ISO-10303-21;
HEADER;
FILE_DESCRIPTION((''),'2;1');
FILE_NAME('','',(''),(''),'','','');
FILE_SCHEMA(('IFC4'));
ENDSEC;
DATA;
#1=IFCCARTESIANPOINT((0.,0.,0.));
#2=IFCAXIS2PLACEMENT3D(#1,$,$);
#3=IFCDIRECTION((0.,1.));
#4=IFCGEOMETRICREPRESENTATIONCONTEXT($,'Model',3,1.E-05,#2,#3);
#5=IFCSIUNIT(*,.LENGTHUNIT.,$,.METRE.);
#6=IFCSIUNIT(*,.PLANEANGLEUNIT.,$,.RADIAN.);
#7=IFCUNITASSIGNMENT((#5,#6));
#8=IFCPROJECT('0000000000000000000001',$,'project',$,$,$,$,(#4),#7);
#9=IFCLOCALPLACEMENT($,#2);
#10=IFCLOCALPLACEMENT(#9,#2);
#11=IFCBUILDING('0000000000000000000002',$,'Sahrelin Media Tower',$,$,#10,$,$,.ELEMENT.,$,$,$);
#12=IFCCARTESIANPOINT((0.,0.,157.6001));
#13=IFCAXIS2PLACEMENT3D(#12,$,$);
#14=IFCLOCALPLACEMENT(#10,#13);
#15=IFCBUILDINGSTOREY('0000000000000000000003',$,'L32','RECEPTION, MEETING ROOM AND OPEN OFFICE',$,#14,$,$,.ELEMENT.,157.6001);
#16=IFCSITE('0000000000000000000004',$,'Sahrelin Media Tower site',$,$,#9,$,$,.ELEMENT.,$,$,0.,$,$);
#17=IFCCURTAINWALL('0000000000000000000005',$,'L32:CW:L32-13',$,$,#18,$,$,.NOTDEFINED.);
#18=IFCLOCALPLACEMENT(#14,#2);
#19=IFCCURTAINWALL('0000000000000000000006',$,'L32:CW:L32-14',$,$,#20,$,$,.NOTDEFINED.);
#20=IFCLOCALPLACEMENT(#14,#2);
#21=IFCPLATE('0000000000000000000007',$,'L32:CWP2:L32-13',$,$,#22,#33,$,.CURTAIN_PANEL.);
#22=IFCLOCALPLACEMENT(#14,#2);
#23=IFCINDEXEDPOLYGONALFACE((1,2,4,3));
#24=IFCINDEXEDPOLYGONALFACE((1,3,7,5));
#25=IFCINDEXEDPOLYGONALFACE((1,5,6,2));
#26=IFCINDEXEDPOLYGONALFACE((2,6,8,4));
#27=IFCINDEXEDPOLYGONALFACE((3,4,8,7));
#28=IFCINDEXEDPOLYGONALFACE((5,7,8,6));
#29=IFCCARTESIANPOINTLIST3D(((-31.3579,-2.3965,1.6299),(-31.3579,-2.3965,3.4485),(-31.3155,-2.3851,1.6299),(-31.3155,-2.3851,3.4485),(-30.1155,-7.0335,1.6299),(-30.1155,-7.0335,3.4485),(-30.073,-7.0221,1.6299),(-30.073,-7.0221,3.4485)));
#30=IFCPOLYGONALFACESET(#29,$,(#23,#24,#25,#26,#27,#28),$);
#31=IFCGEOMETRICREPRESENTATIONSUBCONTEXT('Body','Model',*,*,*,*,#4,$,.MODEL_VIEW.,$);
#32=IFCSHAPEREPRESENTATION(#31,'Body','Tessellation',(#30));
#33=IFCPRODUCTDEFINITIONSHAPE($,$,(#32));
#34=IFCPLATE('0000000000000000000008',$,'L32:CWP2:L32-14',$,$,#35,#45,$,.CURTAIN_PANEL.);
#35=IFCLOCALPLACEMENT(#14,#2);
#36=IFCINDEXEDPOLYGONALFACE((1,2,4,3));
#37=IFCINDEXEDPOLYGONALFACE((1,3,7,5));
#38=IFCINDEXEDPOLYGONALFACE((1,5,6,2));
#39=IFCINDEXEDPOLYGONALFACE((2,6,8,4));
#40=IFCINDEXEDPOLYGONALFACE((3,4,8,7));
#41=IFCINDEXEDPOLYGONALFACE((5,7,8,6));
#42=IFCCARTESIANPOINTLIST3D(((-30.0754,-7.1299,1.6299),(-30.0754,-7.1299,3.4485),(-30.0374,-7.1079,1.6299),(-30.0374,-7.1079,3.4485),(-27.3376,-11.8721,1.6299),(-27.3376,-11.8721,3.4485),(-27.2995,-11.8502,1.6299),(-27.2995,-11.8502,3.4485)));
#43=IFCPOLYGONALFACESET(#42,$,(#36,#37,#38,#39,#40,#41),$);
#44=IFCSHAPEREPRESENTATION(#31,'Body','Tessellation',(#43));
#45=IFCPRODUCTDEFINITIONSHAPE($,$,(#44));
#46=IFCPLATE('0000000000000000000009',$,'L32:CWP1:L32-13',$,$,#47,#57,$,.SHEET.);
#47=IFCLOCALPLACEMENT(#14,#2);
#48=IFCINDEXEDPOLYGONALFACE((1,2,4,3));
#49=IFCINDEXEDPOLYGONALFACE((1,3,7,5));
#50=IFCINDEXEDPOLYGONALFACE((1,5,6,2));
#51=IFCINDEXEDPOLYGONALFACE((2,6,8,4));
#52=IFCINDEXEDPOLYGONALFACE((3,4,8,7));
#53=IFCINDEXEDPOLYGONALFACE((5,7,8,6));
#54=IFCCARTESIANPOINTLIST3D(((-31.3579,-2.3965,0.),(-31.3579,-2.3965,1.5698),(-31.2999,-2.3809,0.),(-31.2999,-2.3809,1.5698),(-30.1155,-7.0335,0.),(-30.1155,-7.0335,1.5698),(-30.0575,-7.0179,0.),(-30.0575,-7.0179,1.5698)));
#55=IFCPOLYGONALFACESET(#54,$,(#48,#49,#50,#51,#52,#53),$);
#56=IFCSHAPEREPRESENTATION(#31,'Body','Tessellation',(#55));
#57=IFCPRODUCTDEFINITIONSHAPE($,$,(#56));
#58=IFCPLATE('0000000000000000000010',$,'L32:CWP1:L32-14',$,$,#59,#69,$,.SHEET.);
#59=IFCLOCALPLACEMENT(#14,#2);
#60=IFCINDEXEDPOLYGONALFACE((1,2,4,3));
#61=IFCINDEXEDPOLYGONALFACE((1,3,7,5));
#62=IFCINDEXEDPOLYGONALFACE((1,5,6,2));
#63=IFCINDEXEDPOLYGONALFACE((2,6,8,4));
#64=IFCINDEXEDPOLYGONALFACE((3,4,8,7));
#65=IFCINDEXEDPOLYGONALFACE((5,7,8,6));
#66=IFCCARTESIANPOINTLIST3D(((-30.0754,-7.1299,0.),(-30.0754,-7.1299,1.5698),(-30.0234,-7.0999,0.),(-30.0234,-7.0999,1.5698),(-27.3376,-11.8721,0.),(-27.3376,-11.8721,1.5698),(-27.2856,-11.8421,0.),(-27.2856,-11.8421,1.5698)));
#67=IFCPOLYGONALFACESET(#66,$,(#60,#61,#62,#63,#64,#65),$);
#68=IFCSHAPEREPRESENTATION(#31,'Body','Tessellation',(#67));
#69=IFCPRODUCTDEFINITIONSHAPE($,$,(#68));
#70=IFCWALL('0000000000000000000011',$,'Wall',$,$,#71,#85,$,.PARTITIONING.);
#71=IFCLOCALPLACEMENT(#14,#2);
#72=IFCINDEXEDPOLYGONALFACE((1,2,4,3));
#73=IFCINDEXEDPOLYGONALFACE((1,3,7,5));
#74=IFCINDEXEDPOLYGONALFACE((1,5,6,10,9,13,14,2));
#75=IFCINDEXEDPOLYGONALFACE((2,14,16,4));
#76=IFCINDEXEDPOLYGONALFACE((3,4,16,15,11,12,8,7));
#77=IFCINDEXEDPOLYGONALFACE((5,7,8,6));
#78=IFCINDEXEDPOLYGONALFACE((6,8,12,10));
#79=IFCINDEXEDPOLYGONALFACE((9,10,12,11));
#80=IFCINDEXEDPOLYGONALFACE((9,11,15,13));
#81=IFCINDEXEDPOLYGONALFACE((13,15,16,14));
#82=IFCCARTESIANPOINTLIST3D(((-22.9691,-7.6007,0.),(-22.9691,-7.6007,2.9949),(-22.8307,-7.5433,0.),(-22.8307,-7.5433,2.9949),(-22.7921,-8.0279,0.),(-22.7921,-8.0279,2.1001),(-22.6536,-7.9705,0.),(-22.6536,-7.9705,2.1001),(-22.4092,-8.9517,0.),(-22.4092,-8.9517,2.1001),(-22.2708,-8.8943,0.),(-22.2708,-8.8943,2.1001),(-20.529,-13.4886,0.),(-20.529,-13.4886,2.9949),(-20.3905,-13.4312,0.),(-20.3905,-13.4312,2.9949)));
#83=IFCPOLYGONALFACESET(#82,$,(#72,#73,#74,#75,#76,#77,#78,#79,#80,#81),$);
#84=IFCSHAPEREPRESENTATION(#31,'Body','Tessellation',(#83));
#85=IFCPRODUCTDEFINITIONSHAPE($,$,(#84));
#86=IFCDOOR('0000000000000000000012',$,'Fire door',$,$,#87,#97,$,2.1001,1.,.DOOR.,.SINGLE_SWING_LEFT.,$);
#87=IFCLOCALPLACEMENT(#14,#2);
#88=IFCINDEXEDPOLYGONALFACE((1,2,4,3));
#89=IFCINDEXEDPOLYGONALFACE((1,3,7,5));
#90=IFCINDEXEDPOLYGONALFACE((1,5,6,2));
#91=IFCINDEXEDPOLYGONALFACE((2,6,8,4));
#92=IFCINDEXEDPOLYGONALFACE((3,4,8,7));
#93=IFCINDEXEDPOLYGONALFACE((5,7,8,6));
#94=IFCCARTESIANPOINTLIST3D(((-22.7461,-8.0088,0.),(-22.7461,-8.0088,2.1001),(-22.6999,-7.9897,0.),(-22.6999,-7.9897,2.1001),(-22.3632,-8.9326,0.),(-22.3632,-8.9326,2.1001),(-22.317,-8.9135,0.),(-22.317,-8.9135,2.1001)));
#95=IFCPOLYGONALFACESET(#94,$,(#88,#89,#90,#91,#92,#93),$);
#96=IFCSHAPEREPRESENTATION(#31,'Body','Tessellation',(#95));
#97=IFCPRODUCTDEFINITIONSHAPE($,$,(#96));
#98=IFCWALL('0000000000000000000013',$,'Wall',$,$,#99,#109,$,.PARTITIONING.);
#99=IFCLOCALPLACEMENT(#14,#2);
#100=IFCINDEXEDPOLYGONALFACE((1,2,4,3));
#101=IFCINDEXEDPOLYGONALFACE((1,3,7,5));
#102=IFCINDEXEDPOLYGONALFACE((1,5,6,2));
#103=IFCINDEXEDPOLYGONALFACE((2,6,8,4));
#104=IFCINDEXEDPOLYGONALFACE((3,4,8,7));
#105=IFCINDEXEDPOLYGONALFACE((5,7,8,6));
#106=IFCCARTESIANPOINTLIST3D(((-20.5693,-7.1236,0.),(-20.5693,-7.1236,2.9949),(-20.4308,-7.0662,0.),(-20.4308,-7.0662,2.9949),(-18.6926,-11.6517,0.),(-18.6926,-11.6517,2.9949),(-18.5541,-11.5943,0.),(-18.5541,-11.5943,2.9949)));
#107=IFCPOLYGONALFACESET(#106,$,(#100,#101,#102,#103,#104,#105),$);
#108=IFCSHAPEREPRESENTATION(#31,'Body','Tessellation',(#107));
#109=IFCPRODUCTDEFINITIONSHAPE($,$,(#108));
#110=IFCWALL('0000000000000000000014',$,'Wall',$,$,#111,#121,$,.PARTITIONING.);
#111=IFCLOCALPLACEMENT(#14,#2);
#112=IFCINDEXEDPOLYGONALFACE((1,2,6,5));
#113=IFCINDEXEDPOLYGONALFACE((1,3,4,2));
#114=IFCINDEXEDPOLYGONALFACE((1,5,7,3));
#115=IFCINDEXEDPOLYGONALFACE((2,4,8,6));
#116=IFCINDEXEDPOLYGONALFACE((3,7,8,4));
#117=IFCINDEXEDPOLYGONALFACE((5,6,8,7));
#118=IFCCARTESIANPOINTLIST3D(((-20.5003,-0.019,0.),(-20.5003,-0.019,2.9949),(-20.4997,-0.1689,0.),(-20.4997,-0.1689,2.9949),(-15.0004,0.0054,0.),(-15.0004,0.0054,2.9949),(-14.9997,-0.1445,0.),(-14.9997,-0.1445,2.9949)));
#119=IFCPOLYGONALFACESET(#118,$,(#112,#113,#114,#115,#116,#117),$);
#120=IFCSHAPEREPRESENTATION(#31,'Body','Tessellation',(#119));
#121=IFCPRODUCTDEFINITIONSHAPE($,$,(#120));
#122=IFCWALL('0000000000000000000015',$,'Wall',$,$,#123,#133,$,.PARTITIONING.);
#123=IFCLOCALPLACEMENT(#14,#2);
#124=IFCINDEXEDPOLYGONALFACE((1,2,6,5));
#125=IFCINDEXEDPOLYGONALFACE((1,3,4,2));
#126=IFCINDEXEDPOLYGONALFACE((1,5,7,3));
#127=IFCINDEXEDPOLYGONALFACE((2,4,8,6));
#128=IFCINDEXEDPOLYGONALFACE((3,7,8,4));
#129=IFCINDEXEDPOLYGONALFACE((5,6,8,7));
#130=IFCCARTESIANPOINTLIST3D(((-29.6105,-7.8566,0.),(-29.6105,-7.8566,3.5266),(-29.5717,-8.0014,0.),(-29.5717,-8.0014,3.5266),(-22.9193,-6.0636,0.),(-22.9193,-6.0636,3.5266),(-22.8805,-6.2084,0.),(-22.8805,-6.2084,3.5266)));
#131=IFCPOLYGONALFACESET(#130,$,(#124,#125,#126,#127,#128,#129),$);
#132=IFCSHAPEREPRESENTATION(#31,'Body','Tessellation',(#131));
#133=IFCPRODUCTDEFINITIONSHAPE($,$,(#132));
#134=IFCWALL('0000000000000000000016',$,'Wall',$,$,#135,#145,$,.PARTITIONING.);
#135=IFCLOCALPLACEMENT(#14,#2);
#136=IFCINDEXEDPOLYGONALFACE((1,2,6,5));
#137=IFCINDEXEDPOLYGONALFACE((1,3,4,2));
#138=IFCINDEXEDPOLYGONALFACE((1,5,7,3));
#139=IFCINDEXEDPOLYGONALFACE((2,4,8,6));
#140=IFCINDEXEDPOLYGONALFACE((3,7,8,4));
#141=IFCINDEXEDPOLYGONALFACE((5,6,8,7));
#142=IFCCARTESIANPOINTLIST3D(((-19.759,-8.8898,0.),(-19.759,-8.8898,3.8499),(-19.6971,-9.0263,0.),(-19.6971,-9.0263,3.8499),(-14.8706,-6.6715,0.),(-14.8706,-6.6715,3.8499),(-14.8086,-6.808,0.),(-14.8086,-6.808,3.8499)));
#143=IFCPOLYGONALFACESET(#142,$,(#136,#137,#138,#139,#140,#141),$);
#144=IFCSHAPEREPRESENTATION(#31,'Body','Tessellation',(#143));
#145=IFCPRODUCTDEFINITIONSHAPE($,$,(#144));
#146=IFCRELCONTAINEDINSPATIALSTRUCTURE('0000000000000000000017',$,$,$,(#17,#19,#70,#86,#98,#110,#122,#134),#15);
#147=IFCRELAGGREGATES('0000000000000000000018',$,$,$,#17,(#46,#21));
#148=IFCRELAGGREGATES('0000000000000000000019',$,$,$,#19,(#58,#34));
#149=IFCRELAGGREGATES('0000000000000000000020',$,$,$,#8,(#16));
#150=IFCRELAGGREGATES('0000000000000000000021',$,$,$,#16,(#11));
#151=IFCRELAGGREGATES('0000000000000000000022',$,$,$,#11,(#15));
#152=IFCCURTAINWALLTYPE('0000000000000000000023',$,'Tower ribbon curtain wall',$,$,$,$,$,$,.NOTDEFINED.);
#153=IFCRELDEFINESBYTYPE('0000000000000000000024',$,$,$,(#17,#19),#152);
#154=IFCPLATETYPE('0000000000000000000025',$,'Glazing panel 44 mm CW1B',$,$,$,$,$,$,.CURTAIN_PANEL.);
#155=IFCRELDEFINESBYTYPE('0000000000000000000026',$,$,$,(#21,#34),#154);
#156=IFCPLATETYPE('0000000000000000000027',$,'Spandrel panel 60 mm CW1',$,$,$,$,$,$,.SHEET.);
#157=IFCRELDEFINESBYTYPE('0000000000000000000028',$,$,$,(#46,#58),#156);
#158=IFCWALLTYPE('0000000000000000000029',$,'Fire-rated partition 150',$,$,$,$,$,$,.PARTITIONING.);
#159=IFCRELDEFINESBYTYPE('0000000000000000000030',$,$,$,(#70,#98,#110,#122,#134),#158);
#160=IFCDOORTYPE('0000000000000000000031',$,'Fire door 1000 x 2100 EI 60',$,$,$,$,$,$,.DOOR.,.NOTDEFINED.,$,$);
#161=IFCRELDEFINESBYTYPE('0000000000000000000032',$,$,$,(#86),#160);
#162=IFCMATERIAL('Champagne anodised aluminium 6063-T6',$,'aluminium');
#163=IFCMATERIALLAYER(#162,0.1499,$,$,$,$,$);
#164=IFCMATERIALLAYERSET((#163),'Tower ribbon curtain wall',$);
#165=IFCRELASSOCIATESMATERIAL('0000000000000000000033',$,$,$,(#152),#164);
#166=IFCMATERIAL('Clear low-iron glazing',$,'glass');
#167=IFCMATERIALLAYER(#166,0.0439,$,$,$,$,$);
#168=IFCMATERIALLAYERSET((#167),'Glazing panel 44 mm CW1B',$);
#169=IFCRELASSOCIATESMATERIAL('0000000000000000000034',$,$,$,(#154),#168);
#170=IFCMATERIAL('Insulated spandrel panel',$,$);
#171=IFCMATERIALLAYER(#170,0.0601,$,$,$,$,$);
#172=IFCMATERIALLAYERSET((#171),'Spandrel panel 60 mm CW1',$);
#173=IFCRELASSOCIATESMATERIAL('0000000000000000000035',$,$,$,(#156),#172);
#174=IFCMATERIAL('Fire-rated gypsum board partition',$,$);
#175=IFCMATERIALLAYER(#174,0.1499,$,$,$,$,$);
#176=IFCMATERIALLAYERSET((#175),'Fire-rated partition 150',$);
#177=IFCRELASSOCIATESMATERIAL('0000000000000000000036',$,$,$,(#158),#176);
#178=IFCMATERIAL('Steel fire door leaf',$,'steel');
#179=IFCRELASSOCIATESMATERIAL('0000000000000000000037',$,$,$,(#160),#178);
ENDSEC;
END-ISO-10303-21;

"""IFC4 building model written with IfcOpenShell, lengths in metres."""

from ifc_helpers import new_model, si_unit, direction, frame, frame_2d, origin, place, context, subcontext, project, spatial, polyline, rectangle, outline, extrude, material, layer, layer_set, type_object, element, fill, aggregate, save


model = new_model("IFC4")

# Units and contexts
model_context = context("Model", 3, precision=1e-05, world=origin(), true_north=direction((0.0, 1.0)))
body_context = subcontext(model_context, "Body", "Model", "MODEL_VIEW")
ifc_project = project(units=[si_unit("LENGTHUNIT", "METRE"), si_unit("PLANEANGLEUNIT", "RADIAN")], contexts=[model_context])

# Site, building, storey
site_placement = place(None, origin())
site = spatial("IfcSite", under=ifc_project, at=site_placement, Name="Sahrelin Media Tower site", CompositionType="ELEMENT", RefElevation=0.0)
building_placement = place(site_placement, origin())
building = spatial("IfcBuilding", under=site, at=building_placement, Name="Sahrelin Media Tower", CompositionType="ELEMENT")
storey_placement = place(building_placement, frame((0.0, 0.0, 157.6001)))
storey = spatial("IfcBuildingStorey", under=building, at=storey_placement, Name="L32", Description="RECEPTION, MEETING ROOM AND OPEN OFFICE", CompositionType="ELEMENT", Elevation=157.6001)

# Curtain wall
ifc_material_1 = material(Name="Champagne anodised aluminium 6063-T6", Category="aluminium")
ifc_layer_1 = layer(ifc_material_1, 0.1499)
ifc_layer_set_1 = layer_set([ifc_layer_1], Name="Tower ribbon curtain wall")
curtain_wall_type = type_object("IfcCurtainWallType", Name="Tower ribbon curtain wall", PredefinedType="NOTDEFINED", material=ifc_layer_set_1)
curtain_wall_1_placement = place(storey_placement, frame((-30.7173, -4.7097, 0.0), z_axis=(0.0, 0.0, 1.0), x_axis=(1.0, 0.0, 0.0)))
curtain_wall_1 = element("IfcCurtainWall", 1, at=curtain_wall_1_placement, inside=storey, type_object=curtain_wall_type, Name="L32:CW:L32-13", PredefinedType="NOTDEFINED")

# Curtain wall
curtain_wall_2_placement = place(storey_placement, frame((-28.6892, -9.491, 0.0), z_axis=(0.0, 0.0, 1.0), x_axis=(1.0, 0.0, 0.0)))
curtain_wall_2 = element("IfcCurtainWall", 2, at=curtain_wall_2_placement, inside=storey, type_object=curtain_wall_type, Name="L32:CW:L32-14", PredefinedType="NOTDEFINED")

# Plates
ifc_material_2 = material(Name="Clear low-iron glazing", Category="glass")
ifc_layer_2 = layer(ifc_material_2, 0.0439)
ifc_layer_set_2 = layer_set([ifc_layer_2], Name="Glazing panel 44 mm CW1B")
plate_type_1 = type_object("IfcPlateType", Name="Glazing panel 44 mm CW1B", PredefinedType="CURTAIN_PANEL", material=ifc_layer_set_2)
plate_1_placement = place(storey_placement, frame((-31.3579, -2.3965, 1.6299), z_axis=(-0.965928, -0.258811, 0.0), x_axis=(0.258811, -0.965928, 0.0)))
plate_1 = element("IfcPlate", 3, at=plate_1_placement, type_object=plate_type_1, Name="L32:CWP2:L32-13", PredefinedType="CURTAIN_PANEL", context=body_context, shape_type="SweptSolid", body=[
    extrude(outline(polyline([(0.0, 0.0), (4.8005, 0.0), (4.8005, 1.8186), (0.0, 1.8186), (0.0, 0.0)])), origin(), (0.0, 0.0, -1.0), 0.0439),
])
plate_2_placement = place(storey_placement, frame((-30.0754, -7.1299, 1.6299), z_axis=(-0.866034, -0.499985, 0.0), x_axis=(0.499985, -0.866034, 0.0)))
plate_2 = element("IfcPlate", 4, at=plate_2_placement, type_object=plate_type_1, Name="L32:CWP2:L32-14", PredefinedType="CURTAIN_PANEL", context=body_context, shape_type="SweptSolid", body=[
    extrude(outline(polyline([(0.0, 0.0), (5.4758, 0.0), (5.4758, 1.8186), (0.0, 1.8186), (0.0, 0.0)])), origin(), (0.0, 0.0, -1.0), 0.0439),
])
ifc_material_3 = material(Name="Insulated spandrel panel")
ifc_layer_3 = layer(ifc_material_3, 0.0601)
ifc_layer_set_3 = layer_set([ifc_layer_3], Name="Spandrel panel 60 mm CW1")
plate_type_2 = type_object("IfcPlateType", Name="Spandrel panel 60 mm CW1", PredefinedType="SHEET", material=ifc_layer_set_3)
plate_3_placement = place(storey_placement, frame((-31.3579, -2.3965, 0.0), z_axis=(-0.965928, -0.258811, 0.0), x_axis=(0.258811, -0.965928, 0.0)))
plate_3 = element("IfcPlate", 5, at=plate_3_placement, type_object=plate_type_2, Name="L32:CWP1:L32-13", PredefinedType="SHEET", context=body_context, shape_type="SweptSolid", body=[
    extrude(outline(polyline([(0.0, 0.0), (4.8005, 0.0), (4.8005, 1.5698), (0.0, 1.5698), (0.0, 0.0)])), origin(), (0.0, 0.0, -1.0), 0.0601),
])
aggregate(curtain_wall_1, [plate_3, plate_1])
plate_4_placement = place(storey_placement, frame((-30.0754, -7.1299, 0.0), z_axis=(-0.866034, -0.499985, 0.0), x_axis=(0.499985, -0.866034, 0.0)))
plate_4 = element("IfcPlate", 6, at=plate_4_placement, type_object=plate_type_2, Name="L32:CWP1:L32-14", PredefinedType="SHEET", context=body_context, shape_type="SweptSolid", body=[
    extrude(outline(polyline([(0.0, 0.0), (5.4758, 0.0), (5.4758, 1.5698), (0.0, 1.5698), (0.0, 0.0)])), origin(), (0.0, 0.0, -1.0), 0.0601),
])
aggregate(curtain_wall_2, [plate_4, plate_2])

# Wall, opening, door
ifc_material_4 = material(Name="Fire-rated gypsum board partition")
ifc_layer_4 = layer(ifc_material_4, 0.1499)
ifc_layer_set_4 = layer_set([ifc_layer_4], Name="Fire-rated partition 150")
wall_type_1 = type_object("IfcWallType", Name="Fire-rated partition 150", PredefinedType="PARTITIONING", material=ifc_layer_set_4)
wall_1_placement = place(storey_placement, frame((-22.8999, -7.572, 0.0), z_axis=(0.0, 0.0, 1.0), x_axis=(0.38286, -0.923806, 0.0)))
wall_1 = element("IfcWall", 7, at=wall_1_placement, inside=storey, type_object=wall_type_1, Name="Wall", PredefinedType="PARTITIONING", context=body_context, shape_type="SweptSolid", body=[
    extrude(rectangle(XDim=6.3735, YDim=0.1499, at=frame_2d((3.1868, 0.0))), origin(), (0.0, 0.0, 1.0), 2.9949),
])
opening_1_placement = place(wall_1_placement, frame((0.4624, 0.0, 0.0)))
opening_1 = element("IfcOpeningElement", 8, at=opening_1_placement, cuts=wall_1, PredefinedType="OPENING", context=body_context, shape_type="SweptSolid", body=[
    extrude(rectangle(XDim=1.0, YDim=2.1001, at=frame_2d((0.5, 1.05))), frame((0.0, 0.075, 0.0), z_axis=(0.0, -1.0, 0.0), x_axis=(1.0, 0.0, 0.0)), (0.0, 0.0, 1.0), 0.1499),
])
ifc_material_5 = material(Name="Steel fire door leaf", Category="steel")
door_type_1 = type_object("IfcDoorType", Name="Fire door 1000 x 2100 EI 60", OperationType="NOTDEFINED", PredefinedType="DOOR", material=ifc_material_5)
door_1_placement = place(opening_1_placement, origin())
door_1 = element("IfcDoor", 9, at=door_1_placement, inside=storey, type_object=door_type_1, Name="Fire door", OperationType="SINGLE_SWING_LEFT", OverallHeight=2.1001, OverallWidth=1.0, PredefinedType="DOOR", context=body_context, shape_type="SweptSolid", body=[
    extrude(rectangle(XDim=1.0, YDim=2.1001, at=frame_2d((0.5, 1.05))), frame((0.0, 0.0249, 0.0), z_axis=(0.0, -1.0, 0.0), x_axis=(1.0, 0.0, 0.0)), (0.0, 0.0, 1.0), 0.05),
])
fill(opening_1, door_1)

# Walls
wall_2_placement = place(storey_placement, frame((-20.5, -7.095, 0.0), z_axis=(0.0, 0.0, 1.0), x_axis=(0.382878, -0.923799, 0.0)))
element("IfcWall", 10, at=wall_2_placement, inside=storey, type_object=wall_type_1, Name="Wall", PredefinedType="PARTITIONING", context=body_context, shape_type="SweptSolid", body=[
    extrude(rectangle(XDim=4.9016, YDim=0.1499, at=frame_2d((2.4507, 0.0))), origin(), (0.0, 0.0, 1.0), 2.9949),
])
wall_3_placement = place(storey_placement, frame((-20.5, -0.094, 0.0), z_axis=(0.0, 0.0, 1.0), x_axis=(0.99999, 0.004439, 0.0)))
element("IfcWall", 11, at=wall_3_placement, inside=storey, type_object=wall_type_1, Name="Wall", PredefinedType="PARTITIONING", context=body_context, shape_type="SweptSolid", body=[
    extrude(rectangle(XDim=5.5, YDim=0.1499, at=frame_2d((2.75, 0.0))), origin(), (0.0, 0.0, 1.0), 2.9949),
])
wall_4_placement = place(storey_placement, frame((-29.5911, -7.929, 0.0), z_axis=(0.0, 0.0, 1.0), x_axis=(0.965923, 0.258829, 0.0)))
element("IfcWall", 12, at=wall_4_placement, inside=storey, type_object=wall_type_1, Name="Wall", PredefinedType="PARTITIONING", context=body_context, shape_type="SweptSolid", body=[
    extrude(rectangle(XDim=6.9272, YDim=0.1499, at=frame_2d((3.4636, 0.0))), origin(), (0.0, 0.0, 1.0), 3.5266),
])
wall_5_placement = place(storey_placement, frame((-19.728, -8.958, 0.0), z_axis=(0.0, 0.0, 1.0), x_axis=(0.91063, 0.413224, 0.0)))
element("IfcWall", 13, at=wall_5_placement, inside=storey, type_object=wall_type_1, Name="Wall", PredefinedType="PARTITIONING", context=body_context, shape_type="SweptSolid", body=[
    extrude(rectangle(XDim=5.3682, YDim=0.1499, at=frame_2d((2.6841, 0.0))), origin(), (0.0, 0.0, 1.0), 3.8499),
])

save(model, "model.ifc")
